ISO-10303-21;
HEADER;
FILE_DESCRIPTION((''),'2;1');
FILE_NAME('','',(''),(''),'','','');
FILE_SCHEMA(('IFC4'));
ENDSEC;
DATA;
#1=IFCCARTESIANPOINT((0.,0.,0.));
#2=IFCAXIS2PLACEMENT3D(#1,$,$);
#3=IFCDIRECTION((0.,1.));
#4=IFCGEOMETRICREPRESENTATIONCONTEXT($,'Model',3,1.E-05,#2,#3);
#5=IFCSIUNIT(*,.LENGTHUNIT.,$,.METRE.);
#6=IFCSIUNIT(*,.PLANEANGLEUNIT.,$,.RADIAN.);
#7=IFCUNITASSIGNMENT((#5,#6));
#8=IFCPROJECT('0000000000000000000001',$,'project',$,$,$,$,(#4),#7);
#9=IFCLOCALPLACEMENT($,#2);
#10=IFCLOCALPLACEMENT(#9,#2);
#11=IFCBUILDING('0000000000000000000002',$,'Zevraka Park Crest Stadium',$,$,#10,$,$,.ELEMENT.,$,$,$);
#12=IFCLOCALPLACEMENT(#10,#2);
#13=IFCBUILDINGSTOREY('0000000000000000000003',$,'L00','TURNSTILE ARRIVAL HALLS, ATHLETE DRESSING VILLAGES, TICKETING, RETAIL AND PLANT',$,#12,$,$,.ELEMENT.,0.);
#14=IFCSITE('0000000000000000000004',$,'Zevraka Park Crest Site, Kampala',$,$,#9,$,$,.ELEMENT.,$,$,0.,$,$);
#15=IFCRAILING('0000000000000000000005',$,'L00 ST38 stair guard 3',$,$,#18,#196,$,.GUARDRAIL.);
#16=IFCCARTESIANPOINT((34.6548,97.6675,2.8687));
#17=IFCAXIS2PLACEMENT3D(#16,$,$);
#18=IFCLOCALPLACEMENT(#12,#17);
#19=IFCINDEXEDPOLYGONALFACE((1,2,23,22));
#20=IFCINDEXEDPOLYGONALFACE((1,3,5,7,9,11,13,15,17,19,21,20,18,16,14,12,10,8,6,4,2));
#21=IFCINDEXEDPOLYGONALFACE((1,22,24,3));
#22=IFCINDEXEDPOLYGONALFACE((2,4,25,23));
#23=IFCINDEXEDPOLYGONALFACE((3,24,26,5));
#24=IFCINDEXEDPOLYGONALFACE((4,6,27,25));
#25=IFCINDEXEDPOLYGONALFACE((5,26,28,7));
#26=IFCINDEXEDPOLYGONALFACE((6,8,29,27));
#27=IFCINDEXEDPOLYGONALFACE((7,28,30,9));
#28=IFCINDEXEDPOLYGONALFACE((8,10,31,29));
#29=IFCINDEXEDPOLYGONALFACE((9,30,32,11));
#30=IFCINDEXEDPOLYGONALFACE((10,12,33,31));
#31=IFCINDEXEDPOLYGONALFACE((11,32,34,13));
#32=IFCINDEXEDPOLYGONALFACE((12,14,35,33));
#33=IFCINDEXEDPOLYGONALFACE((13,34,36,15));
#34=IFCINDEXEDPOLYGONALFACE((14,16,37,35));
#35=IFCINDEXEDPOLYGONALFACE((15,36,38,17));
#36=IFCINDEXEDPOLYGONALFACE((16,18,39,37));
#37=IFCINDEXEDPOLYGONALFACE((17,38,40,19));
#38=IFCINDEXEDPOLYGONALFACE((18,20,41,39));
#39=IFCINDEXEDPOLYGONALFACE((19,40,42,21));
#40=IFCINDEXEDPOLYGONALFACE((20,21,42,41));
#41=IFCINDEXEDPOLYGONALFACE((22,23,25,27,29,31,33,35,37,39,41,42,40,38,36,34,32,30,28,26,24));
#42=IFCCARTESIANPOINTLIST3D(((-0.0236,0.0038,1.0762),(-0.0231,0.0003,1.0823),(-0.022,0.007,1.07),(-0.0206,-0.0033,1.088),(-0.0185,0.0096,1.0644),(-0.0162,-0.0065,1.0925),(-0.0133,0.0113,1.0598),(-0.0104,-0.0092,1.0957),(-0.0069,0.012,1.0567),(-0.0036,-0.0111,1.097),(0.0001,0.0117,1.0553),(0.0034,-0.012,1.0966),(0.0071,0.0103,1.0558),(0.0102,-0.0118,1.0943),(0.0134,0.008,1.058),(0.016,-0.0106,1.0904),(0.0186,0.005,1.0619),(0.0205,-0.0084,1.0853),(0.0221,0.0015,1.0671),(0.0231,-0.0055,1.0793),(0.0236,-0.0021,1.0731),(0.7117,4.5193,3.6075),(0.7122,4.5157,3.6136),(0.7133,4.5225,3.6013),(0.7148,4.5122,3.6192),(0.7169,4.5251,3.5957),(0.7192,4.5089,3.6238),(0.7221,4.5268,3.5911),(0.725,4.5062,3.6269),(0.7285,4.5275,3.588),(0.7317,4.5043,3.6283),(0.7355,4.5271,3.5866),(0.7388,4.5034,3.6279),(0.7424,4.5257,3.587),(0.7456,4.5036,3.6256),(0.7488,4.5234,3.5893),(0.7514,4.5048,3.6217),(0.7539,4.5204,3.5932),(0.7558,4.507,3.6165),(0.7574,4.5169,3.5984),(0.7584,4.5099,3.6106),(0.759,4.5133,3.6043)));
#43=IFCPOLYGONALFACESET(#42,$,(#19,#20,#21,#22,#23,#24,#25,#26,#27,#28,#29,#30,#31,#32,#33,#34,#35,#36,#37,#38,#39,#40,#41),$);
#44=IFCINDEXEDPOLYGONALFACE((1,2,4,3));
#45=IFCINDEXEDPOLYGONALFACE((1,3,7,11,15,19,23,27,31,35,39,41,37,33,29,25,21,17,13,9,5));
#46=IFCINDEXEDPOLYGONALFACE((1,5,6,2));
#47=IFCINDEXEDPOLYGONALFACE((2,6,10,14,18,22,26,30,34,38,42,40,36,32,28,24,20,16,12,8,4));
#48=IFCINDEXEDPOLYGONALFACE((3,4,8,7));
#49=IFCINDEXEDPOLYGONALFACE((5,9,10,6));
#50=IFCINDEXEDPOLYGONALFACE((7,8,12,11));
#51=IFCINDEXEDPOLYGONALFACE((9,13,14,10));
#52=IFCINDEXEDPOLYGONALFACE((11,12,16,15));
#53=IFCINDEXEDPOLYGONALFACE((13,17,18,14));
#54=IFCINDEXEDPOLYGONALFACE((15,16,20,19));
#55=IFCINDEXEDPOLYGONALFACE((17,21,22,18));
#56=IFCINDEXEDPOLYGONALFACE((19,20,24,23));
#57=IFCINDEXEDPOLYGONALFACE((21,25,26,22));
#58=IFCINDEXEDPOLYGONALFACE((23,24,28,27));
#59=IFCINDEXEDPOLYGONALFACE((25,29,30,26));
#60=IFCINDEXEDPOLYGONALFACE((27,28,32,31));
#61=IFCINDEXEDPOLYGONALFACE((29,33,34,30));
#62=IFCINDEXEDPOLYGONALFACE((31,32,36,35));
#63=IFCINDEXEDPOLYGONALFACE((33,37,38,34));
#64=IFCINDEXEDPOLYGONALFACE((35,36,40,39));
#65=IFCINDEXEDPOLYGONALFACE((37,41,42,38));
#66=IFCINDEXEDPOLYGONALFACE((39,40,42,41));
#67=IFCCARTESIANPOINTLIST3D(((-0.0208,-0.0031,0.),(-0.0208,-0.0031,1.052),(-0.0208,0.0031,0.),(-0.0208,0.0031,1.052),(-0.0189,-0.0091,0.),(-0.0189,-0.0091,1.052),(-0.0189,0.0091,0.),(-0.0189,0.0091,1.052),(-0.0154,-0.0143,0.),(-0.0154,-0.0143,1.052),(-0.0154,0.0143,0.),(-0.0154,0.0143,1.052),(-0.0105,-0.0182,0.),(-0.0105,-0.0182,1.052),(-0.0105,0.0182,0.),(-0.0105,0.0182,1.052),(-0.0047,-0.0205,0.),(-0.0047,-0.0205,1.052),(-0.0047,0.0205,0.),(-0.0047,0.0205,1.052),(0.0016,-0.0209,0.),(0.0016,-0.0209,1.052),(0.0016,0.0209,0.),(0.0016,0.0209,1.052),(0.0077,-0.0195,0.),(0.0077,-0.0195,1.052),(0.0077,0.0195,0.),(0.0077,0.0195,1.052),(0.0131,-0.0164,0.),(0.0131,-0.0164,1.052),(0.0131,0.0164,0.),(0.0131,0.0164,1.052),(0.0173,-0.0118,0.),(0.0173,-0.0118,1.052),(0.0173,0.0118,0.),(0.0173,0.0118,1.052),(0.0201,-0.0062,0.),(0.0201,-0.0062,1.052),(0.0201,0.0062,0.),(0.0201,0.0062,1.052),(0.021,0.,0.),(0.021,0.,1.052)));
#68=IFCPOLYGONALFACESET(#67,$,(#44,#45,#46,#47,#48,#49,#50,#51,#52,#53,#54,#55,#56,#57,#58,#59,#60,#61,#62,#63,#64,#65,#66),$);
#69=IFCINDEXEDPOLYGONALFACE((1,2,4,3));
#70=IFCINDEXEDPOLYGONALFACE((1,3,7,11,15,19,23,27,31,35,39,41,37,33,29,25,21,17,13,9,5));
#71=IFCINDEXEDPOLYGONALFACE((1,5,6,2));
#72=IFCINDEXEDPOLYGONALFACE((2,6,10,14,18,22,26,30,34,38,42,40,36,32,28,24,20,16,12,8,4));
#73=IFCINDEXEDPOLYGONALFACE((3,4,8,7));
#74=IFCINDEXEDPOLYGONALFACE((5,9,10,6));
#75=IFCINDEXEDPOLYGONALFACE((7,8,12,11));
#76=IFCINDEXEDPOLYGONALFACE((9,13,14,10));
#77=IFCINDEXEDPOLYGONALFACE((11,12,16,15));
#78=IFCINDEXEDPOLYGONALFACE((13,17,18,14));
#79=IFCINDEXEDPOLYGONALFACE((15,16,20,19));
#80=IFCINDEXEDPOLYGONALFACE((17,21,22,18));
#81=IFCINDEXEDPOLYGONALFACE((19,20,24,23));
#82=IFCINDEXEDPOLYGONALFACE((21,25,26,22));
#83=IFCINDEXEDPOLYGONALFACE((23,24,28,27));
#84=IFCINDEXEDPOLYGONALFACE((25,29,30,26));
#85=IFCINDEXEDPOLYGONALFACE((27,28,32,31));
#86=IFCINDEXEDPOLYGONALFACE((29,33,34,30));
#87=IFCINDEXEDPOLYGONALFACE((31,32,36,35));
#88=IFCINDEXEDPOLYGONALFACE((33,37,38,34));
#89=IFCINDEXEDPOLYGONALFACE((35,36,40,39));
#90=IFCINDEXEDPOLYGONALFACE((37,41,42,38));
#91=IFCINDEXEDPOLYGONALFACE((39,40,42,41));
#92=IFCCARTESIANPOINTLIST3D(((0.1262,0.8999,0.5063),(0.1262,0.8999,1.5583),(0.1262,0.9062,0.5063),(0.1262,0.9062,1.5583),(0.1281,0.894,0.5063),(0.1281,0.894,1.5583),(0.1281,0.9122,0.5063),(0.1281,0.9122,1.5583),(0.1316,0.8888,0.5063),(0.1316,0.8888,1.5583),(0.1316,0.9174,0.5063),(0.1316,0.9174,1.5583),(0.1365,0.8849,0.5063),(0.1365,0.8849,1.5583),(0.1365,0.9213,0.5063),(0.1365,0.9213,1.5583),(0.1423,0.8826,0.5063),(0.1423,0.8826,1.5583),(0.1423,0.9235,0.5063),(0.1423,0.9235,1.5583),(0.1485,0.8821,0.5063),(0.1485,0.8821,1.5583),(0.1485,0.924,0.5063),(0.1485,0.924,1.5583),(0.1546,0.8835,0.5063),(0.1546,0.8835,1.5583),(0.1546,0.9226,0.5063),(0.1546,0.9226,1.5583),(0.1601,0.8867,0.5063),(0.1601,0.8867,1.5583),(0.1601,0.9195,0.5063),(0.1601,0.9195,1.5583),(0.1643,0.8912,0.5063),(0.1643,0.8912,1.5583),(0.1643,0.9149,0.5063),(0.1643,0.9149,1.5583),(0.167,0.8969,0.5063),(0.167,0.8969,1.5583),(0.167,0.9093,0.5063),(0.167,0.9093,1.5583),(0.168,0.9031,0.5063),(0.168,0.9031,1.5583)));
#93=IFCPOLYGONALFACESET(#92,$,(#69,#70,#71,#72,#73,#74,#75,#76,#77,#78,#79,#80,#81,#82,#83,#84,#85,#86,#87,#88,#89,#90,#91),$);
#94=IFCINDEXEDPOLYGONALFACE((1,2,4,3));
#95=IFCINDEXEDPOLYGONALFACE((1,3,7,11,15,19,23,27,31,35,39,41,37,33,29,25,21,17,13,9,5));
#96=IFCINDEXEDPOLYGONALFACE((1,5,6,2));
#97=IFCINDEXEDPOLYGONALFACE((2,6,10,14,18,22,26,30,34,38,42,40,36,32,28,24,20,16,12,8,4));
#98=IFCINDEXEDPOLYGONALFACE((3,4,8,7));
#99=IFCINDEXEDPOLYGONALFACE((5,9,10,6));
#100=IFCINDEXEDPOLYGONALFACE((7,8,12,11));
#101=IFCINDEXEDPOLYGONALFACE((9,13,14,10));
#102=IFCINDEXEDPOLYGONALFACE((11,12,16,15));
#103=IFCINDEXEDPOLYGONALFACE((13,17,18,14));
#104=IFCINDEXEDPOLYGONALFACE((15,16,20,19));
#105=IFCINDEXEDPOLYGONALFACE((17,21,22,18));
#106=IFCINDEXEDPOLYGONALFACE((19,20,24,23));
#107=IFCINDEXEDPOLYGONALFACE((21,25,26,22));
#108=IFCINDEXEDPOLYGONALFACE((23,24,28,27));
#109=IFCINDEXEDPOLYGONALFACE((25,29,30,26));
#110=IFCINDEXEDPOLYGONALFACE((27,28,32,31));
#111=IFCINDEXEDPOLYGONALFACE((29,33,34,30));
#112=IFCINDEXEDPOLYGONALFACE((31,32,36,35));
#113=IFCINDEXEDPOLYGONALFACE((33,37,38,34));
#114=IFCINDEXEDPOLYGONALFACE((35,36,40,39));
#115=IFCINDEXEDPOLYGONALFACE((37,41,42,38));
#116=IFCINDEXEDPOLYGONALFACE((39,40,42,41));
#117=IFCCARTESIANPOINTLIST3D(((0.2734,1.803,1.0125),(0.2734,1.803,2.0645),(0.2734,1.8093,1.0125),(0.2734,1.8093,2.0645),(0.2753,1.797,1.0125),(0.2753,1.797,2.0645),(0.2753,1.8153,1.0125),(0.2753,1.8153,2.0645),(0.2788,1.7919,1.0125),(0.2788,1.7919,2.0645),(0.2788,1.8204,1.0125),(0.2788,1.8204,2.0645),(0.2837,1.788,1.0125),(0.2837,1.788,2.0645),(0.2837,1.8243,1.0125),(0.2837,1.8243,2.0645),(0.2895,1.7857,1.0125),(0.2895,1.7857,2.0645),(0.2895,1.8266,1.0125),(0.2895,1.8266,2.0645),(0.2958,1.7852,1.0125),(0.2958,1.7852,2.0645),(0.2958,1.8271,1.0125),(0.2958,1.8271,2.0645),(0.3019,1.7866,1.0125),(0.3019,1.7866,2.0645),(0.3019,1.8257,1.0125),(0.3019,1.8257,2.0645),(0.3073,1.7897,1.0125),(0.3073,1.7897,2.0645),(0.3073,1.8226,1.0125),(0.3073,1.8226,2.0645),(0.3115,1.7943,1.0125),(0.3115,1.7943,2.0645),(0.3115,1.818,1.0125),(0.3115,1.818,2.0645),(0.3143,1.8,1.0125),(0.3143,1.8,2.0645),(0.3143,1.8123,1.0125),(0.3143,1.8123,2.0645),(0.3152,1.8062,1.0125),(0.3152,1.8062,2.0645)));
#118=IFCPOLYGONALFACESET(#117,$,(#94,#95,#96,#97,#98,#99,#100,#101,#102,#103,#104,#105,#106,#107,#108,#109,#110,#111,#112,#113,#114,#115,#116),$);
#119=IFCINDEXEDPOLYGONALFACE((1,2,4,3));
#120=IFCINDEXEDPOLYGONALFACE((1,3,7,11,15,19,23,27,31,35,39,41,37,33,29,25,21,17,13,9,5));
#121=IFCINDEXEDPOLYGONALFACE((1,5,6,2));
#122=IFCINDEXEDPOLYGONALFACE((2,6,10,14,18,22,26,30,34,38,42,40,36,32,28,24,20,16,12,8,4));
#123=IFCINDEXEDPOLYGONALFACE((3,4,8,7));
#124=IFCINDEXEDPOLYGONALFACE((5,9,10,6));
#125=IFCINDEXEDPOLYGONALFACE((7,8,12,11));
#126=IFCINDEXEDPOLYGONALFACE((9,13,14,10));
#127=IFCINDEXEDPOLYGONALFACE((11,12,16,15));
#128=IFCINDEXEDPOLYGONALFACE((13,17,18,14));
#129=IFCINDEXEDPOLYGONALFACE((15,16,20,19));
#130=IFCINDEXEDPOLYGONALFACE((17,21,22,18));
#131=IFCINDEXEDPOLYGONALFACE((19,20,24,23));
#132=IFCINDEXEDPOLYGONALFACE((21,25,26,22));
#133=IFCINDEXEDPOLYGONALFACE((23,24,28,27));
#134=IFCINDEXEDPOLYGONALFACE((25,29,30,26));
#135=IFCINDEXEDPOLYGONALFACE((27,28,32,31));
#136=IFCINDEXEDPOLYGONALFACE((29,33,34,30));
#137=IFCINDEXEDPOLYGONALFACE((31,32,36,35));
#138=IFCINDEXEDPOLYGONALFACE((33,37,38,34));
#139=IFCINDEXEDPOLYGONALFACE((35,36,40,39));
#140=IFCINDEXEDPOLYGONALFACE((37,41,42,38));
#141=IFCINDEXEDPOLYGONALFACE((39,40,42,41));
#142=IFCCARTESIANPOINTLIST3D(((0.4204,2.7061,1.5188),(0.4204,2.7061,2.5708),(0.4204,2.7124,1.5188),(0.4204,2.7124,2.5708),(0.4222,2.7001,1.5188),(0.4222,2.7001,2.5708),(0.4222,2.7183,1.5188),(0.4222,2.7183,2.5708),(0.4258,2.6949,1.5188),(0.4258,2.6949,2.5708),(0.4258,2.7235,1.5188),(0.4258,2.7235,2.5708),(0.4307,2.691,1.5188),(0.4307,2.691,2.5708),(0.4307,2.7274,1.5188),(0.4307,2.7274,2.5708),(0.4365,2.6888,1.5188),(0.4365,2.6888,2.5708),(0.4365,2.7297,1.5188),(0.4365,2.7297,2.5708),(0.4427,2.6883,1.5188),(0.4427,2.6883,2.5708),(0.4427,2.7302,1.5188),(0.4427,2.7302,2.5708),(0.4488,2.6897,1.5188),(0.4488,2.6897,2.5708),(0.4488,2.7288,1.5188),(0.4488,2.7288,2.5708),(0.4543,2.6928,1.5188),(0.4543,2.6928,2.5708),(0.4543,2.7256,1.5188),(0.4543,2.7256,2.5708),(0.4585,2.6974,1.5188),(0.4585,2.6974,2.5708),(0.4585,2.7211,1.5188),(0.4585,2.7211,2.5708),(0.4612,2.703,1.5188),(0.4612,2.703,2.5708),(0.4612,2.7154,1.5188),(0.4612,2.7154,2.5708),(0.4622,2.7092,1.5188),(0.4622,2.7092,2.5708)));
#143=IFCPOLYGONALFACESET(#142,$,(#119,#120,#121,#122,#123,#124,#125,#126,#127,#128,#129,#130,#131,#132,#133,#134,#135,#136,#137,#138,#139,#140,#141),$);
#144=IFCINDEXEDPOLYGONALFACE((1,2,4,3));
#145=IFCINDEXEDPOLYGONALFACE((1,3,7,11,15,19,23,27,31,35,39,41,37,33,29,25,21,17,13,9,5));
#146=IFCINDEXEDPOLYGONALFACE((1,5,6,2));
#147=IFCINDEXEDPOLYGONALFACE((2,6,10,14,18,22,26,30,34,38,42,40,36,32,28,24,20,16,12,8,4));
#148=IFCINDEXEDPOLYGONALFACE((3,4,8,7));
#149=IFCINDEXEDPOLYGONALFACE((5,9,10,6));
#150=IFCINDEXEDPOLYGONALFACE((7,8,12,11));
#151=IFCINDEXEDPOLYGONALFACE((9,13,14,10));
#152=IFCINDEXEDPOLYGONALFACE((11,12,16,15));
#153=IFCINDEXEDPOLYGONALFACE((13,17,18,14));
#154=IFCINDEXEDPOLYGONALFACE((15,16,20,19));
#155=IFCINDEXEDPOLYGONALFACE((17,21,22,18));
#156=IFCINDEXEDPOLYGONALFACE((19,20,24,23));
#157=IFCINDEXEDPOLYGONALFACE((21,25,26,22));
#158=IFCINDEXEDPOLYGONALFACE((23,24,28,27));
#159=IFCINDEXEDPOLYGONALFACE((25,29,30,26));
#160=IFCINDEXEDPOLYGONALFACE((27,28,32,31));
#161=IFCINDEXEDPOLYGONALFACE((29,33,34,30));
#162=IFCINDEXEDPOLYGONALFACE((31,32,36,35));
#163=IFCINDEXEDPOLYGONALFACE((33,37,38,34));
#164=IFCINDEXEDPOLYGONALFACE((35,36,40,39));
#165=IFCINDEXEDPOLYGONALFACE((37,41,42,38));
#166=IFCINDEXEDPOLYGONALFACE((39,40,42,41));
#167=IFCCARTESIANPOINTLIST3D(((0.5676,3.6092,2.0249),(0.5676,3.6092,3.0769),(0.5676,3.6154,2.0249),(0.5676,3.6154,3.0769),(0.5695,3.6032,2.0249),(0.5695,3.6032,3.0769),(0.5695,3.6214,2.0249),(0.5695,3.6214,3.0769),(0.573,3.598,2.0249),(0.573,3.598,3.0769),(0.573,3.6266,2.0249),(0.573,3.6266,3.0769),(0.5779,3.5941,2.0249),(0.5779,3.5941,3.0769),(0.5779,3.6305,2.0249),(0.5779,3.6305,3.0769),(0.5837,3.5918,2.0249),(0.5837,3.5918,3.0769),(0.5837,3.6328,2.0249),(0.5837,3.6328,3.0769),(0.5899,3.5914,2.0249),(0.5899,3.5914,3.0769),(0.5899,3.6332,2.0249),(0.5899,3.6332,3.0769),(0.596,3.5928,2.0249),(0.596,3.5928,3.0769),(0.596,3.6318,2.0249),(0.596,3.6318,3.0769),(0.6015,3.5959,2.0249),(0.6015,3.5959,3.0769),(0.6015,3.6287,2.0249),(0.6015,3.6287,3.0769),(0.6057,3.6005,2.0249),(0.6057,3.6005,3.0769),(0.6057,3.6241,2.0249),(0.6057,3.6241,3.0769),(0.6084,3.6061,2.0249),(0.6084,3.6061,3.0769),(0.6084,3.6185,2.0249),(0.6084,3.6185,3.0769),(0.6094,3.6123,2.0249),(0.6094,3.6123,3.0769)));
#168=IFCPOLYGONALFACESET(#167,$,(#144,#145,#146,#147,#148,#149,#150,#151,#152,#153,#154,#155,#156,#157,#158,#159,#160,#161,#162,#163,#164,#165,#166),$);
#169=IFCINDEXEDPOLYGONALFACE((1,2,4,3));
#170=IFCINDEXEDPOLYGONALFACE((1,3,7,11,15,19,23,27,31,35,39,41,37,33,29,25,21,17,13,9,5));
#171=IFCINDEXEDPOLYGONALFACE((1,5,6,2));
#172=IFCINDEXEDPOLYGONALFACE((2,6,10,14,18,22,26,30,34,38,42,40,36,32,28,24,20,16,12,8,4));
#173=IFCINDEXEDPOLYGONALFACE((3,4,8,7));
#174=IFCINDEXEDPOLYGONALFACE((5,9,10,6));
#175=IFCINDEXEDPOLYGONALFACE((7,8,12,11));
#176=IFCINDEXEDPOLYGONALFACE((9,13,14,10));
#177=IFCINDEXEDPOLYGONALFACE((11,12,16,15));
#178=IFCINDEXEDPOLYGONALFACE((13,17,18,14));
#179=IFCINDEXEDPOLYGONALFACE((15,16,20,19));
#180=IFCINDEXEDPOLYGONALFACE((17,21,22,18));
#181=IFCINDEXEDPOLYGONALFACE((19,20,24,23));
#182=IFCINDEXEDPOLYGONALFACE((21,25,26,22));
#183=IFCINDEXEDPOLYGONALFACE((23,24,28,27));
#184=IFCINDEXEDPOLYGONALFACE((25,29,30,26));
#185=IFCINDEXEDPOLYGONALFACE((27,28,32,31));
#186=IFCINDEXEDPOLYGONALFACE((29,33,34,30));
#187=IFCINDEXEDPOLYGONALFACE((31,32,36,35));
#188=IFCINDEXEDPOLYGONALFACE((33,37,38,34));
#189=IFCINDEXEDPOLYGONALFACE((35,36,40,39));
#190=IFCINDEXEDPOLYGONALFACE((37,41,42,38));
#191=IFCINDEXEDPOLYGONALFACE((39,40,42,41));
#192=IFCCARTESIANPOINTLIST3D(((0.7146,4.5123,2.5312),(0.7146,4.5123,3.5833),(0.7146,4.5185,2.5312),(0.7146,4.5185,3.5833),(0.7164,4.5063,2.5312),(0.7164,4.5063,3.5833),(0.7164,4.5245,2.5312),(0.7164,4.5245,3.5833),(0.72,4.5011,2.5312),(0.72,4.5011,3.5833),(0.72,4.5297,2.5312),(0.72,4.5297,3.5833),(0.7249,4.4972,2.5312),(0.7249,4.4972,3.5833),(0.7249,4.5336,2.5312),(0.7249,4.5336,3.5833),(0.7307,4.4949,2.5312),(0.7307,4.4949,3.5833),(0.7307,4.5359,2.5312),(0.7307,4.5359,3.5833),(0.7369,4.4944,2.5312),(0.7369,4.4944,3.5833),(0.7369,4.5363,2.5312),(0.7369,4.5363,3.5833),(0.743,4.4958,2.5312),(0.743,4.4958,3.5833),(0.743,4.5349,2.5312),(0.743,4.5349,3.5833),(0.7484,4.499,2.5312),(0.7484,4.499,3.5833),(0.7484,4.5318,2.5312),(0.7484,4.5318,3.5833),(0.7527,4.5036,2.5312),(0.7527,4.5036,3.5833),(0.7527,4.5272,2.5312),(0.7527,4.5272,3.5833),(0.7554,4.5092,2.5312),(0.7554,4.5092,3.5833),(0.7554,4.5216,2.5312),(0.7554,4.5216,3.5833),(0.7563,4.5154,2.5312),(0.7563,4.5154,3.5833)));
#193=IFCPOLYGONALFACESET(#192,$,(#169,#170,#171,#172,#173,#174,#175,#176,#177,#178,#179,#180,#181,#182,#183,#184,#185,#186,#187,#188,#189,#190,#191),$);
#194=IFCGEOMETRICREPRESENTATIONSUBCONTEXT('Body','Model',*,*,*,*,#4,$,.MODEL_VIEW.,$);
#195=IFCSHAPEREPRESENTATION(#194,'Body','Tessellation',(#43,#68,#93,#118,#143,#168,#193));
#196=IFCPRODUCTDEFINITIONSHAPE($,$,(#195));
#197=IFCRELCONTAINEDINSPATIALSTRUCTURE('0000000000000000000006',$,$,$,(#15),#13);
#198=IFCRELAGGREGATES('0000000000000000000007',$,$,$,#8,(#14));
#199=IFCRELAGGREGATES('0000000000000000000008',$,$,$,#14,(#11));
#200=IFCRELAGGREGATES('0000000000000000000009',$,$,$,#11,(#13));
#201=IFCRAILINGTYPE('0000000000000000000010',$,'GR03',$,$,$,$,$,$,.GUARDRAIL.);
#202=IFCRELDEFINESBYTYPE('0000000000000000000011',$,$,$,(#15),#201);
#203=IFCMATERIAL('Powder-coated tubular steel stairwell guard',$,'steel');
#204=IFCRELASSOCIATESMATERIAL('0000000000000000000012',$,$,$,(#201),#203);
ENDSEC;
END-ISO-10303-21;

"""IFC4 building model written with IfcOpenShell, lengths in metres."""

from ifc_helpers import new_model, si_unit, direction, frame, origin, origin_2d, place, context, subcontext, project, spatial, circle, extrude, material, type_object, element, save


model = new_model("IFC4")

# Units and contexts
model_context = context("Model", 3, precision=1e-05, world=origin(), true_north=direction((0.0, 1.0)))
body_context = subcontext(model_context, "Body", "Model", "MODEL_VIEW")
ifc_project = project(units=[si_unit("LENGTHUNIT", "METRE"), si_unit("PLANEANGLEUNIT", "RADIAN")], contexts=[model_context])

# Site, building, storey
site_placement = place(None, origin())
site = spatial("IfcSite", under=ifc_project, at=site_placement, Name="Zevraka Park Crest Site, Kampala", CompositionType="ELEMENT", RefElevation=0.0)
building_placement = place(site_placement, origin())
building = spatial("IfcBuilding", under=site, at=building_placement, Name="Zevraka Park Crest Stadium", CompositionType="ELEMENT")
storey_placement = place(building_placement, origin())
storey = spatial("IfcBuildingStorey", under=building, at=storey_placement, Name="L00", Description="TURNSTILE ARRIVAL HALLS, ATHLETE DRESSING VILLAGES, TICKETING, RETAIL AND PLANT", CompositionType="ELEMENT", Elevation=0.0)

# Railing
ifc_material_1 = material(Name="Powder-coated tubular steel stairwell guard", Category="steel")
railing_type_1 = type_object("IfcRailingType", Name="GR03", PredefinedType="GUARDRAIL", material=ifc_material_1)
railing_1_placement = place(storey_placement, frame((34.6548, 97.6675, 2.8687)))
element("IfcRailing", 1, at=railing_1_placement, inside=storey, type_object=railing_type_1, Name="L00 ST38 stair guard 3", PredefinedType="GUARDRAIL", context=body_context, shape_type="SweptSolid", body=[
    extrude(circle(Radius=0.0239, at=origin_2d()), frame((0.0, 0.0, 1.0762), z_axis=(0.140644, 0.863618, 0.484131), x_axis=(-0.986997, 0.160737, 0.0)), (0.0, 0.0, 1.0), 5.2285),
    extrude(circle(Radius=0.021, at=origin_2d()), origin(), (0.0, 0.0, 1.0), 1.052),
    extrude(circle(Radius=0.021, at=origin_2d()), frame((0.147, 0.9031, 0.5063)), (0.0, 0.0, 1.0), 1.052),
    extrude(circle(Radius=0.021, at=origin_2d()), frame((0.2942, 1.8062, 1.0125)), (0.0, 0.0, 1.0), 1.052),
    extrude(circle(Radius=0.021, at=origin_2d()), frame((0.4412, 2.7092, 1.5188)), (0.0, 0.0, 1.0), 1.052),
    extrude(circle(Radius=0.021, at=origin_2d()), frame((0.5884, 3.6123, 2.0249)), (0.0, 0.0, 1.0), 1.052),
    extrude(circle(Radius=0.021, at=origin_2d()), frame((0.7354, 4.5154, 2.5312)), (0.0, 0.0, 1.0), 1.052),
])

save(model, "model.ifc")
